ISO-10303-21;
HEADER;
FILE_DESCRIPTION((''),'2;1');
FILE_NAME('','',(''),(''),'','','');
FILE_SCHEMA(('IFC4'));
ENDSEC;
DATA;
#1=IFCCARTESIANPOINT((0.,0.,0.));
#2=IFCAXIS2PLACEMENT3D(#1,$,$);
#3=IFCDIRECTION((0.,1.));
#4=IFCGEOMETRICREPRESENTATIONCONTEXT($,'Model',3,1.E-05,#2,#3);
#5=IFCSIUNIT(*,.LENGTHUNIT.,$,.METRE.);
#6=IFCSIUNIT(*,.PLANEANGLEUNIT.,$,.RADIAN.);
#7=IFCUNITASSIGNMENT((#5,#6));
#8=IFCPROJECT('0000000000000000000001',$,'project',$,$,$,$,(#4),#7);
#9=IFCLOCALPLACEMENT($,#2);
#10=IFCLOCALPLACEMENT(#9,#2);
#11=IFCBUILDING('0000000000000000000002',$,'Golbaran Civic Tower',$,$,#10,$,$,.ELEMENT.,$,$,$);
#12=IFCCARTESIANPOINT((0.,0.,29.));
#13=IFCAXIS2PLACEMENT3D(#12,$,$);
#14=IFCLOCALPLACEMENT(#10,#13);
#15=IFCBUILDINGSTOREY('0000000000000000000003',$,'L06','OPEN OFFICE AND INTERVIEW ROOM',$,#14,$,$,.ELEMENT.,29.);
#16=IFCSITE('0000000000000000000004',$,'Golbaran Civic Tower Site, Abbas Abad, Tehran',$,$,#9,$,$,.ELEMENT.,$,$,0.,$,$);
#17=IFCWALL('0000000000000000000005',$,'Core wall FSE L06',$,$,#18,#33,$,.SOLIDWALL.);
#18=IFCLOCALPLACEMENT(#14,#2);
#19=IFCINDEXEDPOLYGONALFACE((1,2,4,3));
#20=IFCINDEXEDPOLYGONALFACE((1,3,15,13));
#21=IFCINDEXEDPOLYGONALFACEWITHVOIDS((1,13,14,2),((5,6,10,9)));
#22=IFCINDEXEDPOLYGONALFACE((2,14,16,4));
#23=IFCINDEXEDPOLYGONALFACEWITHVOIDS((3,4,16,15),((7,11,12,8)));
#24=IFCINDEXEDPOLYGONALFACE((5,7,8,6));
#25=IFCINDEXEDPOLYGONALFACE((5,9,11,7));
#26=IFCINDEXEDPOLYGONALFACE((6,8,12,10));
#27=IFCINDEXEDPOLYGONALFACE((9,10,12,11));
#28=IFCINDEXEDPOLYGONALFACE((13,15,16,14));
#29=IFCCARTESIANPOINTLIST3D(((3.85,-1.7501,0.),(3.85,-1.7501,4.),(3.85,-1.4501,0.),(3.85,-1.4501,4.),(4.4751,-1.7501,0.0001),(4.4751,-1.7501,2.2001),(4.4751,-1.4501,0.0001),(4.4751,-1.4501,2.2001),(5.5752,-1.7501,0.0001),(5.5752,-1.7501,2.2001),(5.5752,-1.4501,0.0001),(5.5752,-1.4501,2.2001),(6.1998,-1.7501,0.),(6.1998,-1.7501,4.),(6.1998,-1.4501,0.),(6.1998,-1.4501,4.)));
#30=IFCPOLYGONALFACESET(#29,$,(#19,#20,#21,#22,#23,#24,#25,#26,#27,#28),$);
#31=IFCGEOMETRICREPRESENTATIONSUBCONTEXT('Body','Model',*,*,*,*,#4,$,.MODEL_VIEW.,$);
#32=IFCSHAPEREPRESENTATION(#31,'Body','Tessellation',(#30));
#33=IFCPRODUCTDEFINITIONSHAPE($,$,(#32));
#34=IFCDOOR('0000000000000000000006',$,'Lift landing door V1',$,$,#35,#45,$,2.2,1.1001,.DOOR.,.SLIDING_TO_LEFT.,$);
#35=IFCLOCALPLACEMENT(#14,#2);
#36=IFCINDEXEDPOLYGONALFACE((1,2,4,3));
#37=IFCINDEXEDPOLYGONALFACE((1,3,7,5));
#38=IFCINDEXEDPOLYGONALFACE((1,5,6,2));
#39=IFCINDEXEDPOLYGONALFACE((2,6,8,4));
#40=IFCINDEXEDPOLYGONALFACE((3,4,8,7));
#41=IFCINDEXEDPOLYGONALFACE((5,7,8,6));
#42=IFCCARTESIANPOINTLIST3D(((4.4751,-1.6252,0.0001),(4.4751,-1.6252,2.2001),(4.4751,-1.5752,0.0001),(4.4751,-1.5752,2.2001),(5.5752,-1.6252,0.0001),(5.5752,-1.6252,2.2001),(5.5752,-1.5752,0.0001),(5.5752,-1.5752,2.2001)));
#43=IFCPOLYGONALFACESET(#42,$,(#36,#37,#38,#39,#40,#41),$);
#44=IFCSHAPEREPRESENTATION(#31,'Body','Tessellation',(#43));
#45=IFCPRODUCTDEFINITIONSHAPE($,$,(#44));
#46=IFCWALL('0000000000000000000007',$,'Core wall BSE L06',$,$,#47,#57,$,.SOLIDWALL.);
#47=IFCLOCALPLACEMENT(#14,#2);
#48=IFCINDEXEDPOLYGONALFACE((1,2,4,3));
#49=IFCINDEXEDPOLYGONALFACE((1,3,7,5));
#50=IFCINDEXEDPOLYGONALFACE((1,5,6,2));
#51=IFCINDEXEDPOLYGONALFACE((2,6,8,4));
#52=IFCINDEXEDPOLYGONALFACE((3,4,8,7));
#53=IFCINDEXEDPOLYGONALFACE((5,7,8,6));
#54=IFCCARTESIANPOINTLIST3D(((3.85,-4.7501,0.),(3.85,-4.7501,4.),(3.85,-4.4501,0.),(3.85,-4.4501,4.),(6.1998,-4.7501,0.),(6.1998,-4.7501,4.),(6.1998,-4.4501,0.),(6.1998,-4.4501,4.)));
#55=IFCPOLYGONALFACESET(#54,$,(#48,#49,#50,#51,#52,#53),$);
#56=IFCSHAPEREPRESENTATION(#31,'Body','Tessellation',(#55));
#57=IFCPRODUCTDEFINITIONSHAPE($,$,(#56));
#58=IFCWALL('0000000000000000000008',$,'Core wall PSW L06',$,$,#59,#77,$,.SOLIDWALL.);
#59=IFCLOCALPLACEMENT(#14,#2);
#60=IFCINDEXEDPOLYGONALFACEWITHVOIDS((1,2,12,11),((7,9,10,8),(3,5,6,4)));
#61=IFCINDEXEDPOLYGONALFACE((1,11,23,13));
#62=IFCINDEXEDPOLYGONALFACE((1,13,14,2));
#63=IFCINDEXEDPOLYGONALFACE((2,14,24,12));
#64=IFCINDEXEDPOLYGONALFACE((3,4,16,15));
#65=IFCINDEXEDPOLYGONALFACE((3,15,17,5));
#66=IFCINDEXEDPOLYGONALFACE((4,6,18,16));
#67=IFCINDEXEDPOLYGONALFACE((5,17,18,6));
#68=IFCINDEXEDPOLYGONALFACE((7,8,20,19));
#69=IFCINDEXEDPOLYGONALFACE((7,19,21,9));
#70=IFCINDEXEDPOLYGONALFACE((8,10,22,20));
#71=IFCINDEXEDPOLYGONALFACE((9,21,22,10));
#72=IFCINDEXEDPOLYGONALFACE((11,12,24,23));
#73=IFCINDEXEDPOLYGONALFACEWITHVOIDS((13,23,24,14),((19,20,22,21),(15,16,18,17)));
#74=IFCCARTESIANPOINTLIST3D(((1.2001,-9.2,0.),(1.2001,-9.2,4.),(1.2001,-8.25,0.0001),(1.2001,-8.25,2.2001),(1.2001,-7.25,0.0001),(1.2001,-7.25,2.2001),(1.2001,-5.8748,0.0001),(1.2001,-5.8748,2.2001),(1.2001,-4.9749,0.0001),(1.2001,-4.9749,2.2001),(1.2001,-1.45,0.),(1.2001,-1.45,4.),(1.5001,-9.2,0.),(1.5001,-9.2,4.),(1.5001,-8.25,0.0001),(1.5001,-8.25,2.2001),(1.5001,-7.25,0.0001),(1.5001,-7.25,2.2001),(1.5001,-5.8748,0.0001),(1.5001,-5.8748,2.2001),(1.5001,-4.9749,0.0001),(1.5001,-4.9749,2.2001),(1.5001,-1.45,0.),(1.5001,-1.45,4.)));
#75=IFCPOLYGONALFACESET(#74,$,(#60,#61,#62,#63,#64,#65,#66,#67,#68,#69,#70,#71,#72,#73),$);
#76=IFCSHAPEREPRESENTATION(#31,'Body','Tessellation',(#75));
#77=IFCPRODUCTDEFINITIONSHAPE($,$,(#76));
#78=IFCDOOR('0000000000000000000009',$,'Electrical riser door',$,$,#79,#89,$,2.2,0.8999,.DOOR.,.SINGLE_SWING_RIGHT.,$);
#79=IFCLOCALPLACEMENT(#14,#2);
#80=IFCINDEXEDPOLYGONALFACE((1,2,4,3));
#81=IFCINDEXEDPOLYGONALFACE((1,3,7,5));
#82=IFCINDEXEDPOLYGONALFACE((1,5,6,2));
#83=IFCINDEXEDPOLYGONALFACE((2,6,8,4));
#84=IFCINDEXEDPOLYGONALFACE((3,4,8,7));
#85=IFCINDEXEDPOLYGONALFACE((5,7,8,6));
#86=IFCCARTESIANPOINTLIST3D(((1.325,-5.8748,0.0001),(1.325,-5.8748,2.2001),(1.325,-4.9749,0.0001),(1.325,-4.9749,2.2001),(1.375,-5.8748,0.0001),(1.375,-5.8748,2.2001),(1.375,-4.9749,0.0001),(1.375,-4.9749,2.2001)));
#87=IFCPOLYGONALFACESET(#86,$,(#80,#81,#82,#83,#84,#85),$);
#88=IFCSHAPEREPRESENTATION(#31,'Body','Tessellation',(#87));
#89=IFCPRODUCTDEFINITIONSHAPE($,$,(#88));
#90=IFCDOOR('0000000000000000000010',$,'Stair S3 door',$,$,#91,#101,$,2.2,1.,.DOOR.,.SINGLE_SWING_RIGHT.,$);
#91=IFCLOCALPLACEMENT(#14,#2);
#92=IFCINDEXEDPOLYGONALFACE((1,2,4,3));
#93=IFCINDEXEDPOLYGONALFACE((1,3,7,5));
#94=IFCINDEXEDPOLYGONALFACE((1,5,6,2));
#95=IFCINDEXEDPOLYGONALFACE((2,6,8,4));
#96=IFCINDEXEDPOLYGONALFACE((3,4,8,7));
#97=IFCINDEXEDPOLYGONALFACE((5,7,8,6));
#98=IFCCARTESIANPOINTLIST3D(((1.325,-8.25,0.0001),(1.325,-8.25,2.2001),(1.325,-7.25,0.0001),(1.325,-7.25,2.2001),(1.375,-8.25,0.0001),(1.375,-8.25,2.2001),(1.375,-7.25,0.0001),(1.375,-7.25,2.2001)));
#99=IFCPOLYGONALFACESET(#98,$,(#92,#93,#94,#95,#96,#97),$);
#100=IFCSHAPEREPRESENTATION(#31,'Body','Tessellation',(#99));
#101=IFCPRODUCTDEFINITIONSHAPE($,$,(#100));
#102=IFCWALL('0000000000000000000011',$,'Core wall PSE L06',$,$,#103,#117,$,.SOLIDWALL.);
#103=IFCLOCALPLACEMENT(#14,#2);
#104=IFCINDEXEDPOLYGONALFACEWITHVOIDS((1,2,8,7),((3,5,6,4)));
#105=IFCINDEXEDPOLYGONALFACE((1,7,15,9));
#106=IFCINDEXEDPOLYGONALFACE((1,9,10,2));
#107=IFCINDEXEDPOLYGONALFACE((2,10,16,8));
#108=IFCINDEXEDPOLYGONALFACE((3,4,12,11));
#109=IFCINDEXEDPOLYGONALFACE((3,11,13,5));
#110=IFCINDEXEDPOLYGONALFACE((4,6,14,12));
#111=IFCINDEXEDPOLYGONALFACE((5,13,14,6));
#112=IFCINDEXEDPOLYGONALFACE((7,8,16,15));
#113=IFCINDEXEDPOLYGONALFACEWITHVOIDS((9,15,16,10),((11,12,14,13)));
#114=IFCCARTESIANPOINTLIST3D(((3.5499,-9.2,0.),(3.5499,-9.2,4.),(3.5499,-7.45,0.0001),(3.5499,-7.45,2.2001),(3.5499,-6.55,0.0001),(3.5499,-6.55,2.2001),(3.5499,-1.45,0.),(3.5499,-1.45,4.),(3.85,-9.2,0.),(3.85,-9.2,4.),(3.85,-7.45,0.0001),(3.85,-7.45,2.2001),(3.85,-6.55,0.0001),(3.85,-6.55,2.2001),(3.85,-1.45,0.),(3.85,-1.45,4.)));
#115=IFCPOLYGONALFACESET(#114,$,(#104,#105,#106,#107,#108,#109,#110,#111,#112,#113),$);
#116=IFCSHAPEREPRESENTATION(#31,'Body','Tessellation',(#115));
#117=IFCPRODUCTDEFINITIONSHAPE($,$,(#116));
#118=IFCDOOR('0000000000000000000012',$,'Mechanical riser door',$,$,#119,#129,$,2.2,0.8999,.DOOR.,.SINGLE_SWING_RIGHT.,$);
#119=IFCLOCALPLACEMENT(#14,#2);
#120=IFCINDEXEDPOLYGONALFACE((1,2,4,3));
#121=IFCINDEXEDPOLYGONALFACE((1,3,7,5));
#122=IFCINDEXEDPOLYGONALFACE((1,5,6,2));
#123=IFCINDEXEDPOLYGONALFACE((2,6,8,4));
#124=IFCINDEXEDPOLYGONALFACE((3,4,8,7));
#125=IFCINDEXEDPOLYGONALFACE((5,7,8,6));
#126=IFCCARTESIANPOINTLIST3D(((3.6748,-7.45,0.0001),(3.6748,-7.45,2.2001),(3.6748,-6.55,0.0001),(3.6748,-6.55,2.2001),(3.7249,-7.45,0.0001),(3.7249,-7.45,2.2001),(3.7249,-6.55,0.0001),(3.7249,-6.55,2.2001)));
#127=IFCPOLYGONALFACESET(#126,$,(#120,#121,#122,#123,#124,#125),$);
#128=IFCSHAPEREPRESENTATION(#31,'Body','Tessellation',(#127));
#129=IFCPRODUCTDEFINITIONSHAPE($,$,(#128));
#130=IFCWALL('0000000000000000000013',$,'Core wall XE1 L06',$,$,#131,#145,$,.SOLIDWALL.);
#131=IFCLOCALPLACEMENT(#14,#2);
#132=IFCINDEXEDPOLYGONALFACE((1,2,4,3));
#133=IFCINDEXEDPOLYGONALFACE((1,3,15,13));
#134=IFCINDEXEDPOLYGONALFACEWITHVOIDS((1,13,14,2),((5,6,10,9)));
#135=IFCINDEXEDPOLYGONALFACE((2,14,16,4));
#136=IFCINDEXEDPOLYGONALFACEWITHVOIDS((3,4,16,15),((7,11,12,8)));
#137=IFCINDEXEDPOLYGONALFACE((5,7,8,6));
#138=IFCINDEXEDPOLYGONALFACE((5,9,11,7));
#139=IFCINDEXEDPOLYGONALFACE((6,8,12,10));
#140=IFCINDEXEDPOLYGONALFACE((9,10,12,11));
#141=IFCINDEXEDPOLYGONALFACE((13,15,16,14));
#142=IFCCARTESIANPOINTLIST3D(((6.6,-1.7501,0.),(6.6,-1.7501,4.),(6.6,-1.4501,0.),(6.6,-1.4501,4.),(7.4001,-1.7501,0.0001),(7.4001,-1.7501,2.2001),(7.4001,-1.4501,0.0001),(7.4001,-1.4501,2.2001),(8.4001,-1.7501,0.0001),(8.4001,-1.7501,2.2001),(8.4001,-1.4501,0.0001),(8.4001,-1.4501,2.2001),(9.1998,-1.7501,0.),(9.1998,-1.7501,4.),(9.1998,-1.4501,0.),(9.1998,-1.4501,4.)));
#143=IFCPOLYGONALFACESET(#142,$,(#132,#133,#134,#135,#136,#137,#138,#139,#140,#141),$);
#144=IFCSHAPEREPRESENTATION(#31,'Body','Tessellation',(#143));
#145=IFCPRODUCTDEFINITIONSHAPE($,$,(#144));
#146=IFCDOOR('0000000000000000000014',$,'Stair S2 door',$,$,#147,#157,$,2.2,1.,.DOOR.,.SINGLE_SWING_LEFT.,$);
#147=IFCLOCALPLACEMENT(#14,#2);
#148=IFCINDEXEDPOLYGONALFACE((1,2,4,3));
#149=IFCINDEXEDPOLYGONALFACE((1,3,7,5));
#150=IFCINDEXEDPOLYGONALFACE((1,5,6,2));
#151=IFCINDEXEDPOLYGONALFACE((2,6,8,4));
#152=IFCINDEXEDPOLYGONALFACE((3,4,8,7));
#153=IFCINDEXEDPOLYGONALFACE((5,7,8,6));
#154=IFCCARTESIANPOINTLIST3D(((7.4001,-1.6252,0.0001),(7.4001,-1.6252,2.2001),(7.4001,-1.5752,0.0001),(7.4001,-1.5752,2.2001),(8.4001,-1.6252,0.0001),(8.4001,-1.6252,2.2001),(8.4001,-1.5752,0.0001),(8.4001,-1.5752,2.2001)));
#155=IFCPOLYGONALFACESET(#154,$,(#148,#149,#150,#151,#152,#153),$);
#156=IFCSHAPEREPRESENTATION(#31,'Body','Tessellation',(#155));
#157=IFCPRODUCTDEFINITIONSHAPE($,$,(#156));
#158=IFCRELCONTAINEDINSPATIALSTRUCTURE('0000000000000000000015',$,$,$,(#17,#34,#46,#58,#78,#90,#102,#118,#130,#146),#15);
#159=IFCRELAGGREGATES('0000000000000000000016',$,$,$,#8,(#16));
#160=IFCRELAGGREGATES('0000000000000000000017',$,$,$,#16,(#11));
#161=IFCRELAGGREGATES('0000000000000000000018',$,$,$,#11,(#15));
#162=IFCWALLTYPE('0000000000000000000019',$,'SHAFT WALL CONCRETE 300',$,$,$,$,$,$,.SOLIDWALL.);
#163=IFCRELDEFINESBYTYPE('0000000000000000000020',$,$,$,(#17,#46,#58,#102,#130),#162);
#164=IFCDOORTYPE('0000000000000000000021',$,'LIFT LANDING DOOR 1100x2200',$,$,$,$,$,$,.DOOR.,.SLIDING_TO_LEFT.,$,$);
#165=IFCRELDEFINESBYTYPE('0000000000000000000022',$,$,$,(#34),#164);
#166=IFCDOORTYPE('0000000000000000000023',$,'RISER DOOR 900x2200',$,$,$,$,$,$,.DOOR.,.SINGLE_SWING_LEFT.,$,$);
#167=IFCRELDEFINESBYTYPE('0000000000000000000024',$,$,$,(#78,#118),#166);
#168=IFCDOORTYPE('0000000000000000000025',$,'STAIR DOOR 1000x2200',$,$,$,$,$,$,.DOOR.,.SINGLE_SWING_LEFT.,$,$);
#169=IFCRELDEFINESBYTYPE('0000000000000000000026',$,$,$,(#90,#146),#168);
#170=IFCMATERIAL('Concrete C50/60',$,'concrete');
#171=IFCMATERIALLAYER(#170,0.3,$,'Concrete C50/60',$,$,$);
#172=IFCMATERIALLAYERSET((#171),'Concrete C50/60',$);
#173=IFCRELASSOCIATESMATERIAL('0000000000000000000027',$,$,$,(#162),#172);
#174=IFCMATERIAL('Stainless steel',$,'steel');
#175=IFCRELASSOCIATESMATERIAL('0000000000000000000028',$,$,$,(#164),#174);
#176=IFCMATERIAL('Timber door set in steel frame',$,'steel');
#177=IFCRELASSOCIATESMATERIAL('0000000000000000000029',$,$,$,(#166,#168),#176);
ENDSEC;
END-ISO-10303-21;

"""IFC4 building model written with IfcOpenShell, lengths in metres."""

from ifc_helpers import new_model, si_unit, direction, frame, frame_2d, origin, place, context, subcontext, project, spatial, rectangle, extrude, material, layer, layer_set, type_object, element, fill, save


model = new_model("IFC4")

# Units and contexts
model_context = context("Model", 3, precision=1e-05, world=origin(), true_north=direction((0.0, 1.0)))
body_context = subcontext(model_context, "Body", "Model", "MODEL_VIEW")
ifc_project = project(units=[si_unit("LENGTHUNIT", "METRE"), si_unit("PLANEANGLEUNIT", "RADIAN")], contexts=[model_context])

# Site, building, storey
site_placement = place(None, origin())
site = spatial("IfcSite", under=ifc_project, at=site_placement, Name="Golbaran Civic Tower Site, Abbas Abad, Tehran", CompositionType="ELEMENT", RefElevation=0.0)
building_placement = place(site_placement, origin())
building = spatial("IfcBuilding", under=site, at=building_placement, Name="Golbaran Civic Tower", CompositionType="ELEMENT")
storey_placement = place(building_placement, frame((0.0, 0.0, 29.0)))
storey = spatial("IfcBuildingStorey", under=building, at=storey_placement, Name="L06", Description="OPEN OFFICE AND INTERVIEW ROOM", CompositionType="ELEMENT", Elevation=29.0)

# Shared definitions
ifc_material_1 = material(Name="Timber door set in steel frame", Category="steel")

# Wall, opening, door
ifc_material_2 = material(Name="Concrete C50/60", Category="concrete")
ifc_layer_1 = layer(ifc_material_2, 0.3, Name="Concrete C50/60")
ifc_layer_set_1 = layer_set([ifc_layer_1], Name="Concrete C50/60")
wall_type_1 = type_object("IfcWallType", Name="SHAFT WALL CONCRETE 300", PredefinedType="SOLIDWALL", material=ifc_layer_set_1)
wall_1_placement = place(storey_placement, frame((3.8501, -1.6001, 0.0), z_axis=(0.0, 0.0, 1.0), x_axis=(1.0, 0.0, 0.0)))
wall_1 = element("IfcWall", 1, at=wall_1_placement, inside=storey, type_object=wall_type_1, Name="Core wall FSE L06", PredefinedType="SOLIDWALL", context=body_context, shape_type="SweptSolid", body=[
    extrude(rectangle(XDim=2.3499, YDim=0.3, at=frame_2d((1.1748, 0.0))), origin(), (0.0, 0.0, 1.0), 4.0),
])
opening_1_placement = place(wall_1_placement, frame((0.625, 0.0, 0.0)))
opening_1 = element("IfcOpeningElement", 2, at=opening_1_placement, cuts=wall_1, PredefinedType="OPENING", context=body_context, shape_type="SweptSolid", body=[
    extrude(rectangle(XDim=1.1001, YDim=2.2, at=frame_2d((0.55, 1.1001))), frame((0.0, 0.1599, 0.0), z_axis=(0.0, -1.0, 0.0), x_axis=(1.0, 0.0, 0.0)), (0.0, 0.0, 1.0), 0.3201),
])
ifc_material_3 = material(Name="Stainless steel", Category="steel")
door_type_1 = type_object("IfcDoorType", Name="LIFT LANDING DOOR 1100x2200", OperationType="SLIDING_TO_LEFT", PredefinedType="DOOR", material=ifc_material_3)
door_1_placement = place(opening_1_placement, origin())
door_1 = element("IfcDoor", 3, at=door_1_placement, inside=storey, type_object=door_type_1, Name="Lift landing door V1", OperationType="SLIDING_TO_LEFT", OverallHeight=2.2, OverallWidth=1.1001, PredefinedType="DOOR", context=body_context, shape_type="SweptSolid", body=[
    extrude(rectangle(XDim=1.1001, YDim=2.2, at=frame_2d((0.55, 1.1001))), frame((0.0, 0.0249, 0.0), z_axis=(0.0, -1.0, 0.0), x_axis=(1.0, 0.0, 0.0)), (0.0, 0.0, 1.0), 0.05),
])
fill(opening_1, door_1)

# Wall
wall_2_placement = place(storey_placement, frame((3.8501, -4.6001, 0.0), z_axis=(0.0, 0.0, 1.0), x_axis=(1.0, 0.0, 0.0)))
element("IfcWall", 4, at=wall_2_placement, inside=storey, type_object=wall_type_1, Name="Core wall BSE L06", PredefinedType="SOLIDWALL", context=body_context, shape_type="SweptSolid", body=[
    extrude(rectangle(XDim=2.3499, YDim=0.3, at=frame_2d((1.1748, 0.0))), origin(), (0.0, 0.0, 1.0), 4.0),
])

# Wall, openings, doors
wall_3_placement = place(storey_placement, frame((1.3501, -1.45, 0.0), z_axis=(0.0, 0.0, 1.0), x_axis=(0.0, -1.0, 0.0)))
wall_3 = element("IfcWall", 5, at=wall_3_placement, inside=storey, type_object=wall_type_1, Name="Core wall PSW L06", PredefinedType="SOLIDWALL", context=body_context, shape_type="SweptSolid", body=[
    extrude(rectangle(XDim=7.75, YDim=0.3, at=frame_2d((3.875, 0.0))), origin(), (0.0, 0.0, 1.0), 4.0),
])
opening_2_placement = place(wall_3_placement, frame((5.8, 0.0, 0.0)))
opening_2 = element("IfcOpeningElement", 6, at=opening_2_placement, cuts=wall_3, PredefinedType="OPENING", context=body_context, shape_type="SweptSolid", body=[
    extrude(rectangle(XDim=1.0, YDim=2.2, at=frame_2d((0.5, 1.1001))), frame((0.0, 0.1599, 0.0), z_axis=(0.0, -1.0, 0.0), x_axis=(1.0, 0.0, 0.0)), (0.0, 0.0, 1.0), 0.3201),
])
opening_3_placement = place(wall_3_placement, frame((3.5249, 0.0, 0.0)))
opening_3 = element("IfcOpeningElement", 7, at=opening_3_placement, cuts=wall_3, PredefinedType="OPENING", context=body_context, shape_type="SweptSolid", body=[
    extrude(rectangle(XDim=0.8999, YDim=2.2, at=frame_2d((0.45, 1.1001))), frame((0.0, 0.1599, 0.0), z_axis=(0.0, -1.0, 0.0), x_axis=(1.0, 0.0, 0.0)), (0.0, 0.0, 1.0), 0.3201),
])
door_type_2 = type_object("IfcDoorType", Name="RISER DOOR 900x2200", OperationType="SINGLE_SWING_LEFT", PredefinedType="DOOR", material=ifc_material_1)
door_2_placement = place(opening_3_placement, origin())
door_2 = element("IfcDoor", 8, at=door_2_placement, inside=storey, type_object=door_type_2, Name="Electrical riser door", OperationType="SINGLE_SWING_RIGHT", OverallHeight=2.2, OverallWidth=0.8999, PredefinedType="DOOR", context=body_context, shape_type="SweptSolid", body=[
    extrude(rectangle(XDim=0.8999, YDim=2.2, at=frame_2d((0.45, 1.1001))), frame((0.0, 0.0249, 0.0), z_axis=(0.0, -1.0, 0.0), x_axis=(1.0, 0.0, 0.0)), (0.0, 0.0, 1.0), 0.05),
])
fill(opening_3, door_2)
door_type_3 = type_object("IfcDoorType", Name="STAIR DOOR 1000x2200", OperationType="SINGLE_SWING_LEFT", PredefinedType="DOOR", material=ifc_material_1)
door_3_placement = place(opening_2_placement, origin())
door_3 = element("IfcDoor", 9, at=door_3_placement, inside=storey, type_object=door_type_3, Name="Stair S3 door", OperationType="SINGLE_SWING_RIGHT", OverallHeight=2.2, OverallWidth=1.0, PredefinedType="DOOR", context=body_context, shape_type="SweptSolid", body=[
    extrude(rectangle(XDim=1.0, YDim=2.2, at=frame_2d((0.5, 1.1001))), frame((0.0, 0.0249, 0.0), z_axis=(0.0, -1.0, 0.0), x_axis=(1.0, 0.0, 0.0)), (0.0, 0.0, 1.0), 0.05),
])
fill(opening_2, door_3)

# Walls, openings, doors
wall_4_placement = place(storey_placement, frame((3.7, -1.45, 0.0), z_axis=(0.0, 0.0, 1.0), x_axis=(0.0, -1.0, 0.0)))
wall_4 = element("IfcWall", 10, at=wall_4_placement, inside=storey, type_object=wall_type_1, Name="Core wall PSE L06", PredefinedType="SOLIDWALL", context=body_context, shape_type="SweptSolid", body=[
    extrude(rectangle(XDim=7.75, YDim=0.3, at=frame_2d((3.875, 0.0))), origin(), (0.0, 0.0, 1.0), 4.0),
])
opening_4_placement = place(wall_4_placement, frame((5.1001, 0.0, 0.0)))
opening_4 = element("IfcOpeningElement", 11, at=opening_4_placement, cuts=wall_4, PredefinedType="OPENING", context=body_context, shape_type="SweptSolid", body=[
    extrude(rectangle(XDim=0.8999, YDim=2.2, at=frame_2d((0.45, 1.1001))), frame((0.0, 0.1599, 0.0), z_axis=(0.0, -1.0, 0.0), x_axis=(1.0, 0.0, 0.0)), (0.0, 0.0, 1.0), 0.3201),
])
door_4_placement = place(opening_4_placement, origin())
door_4 = element("IfcDoor", 12, at=door_4_placement, inside=storey, type_object=door_type_2, Name="Mechanical riser door", OperationType="SINGLE_SWING_RIGHT", OverallHeight=2.2, OverallWidth=0.8999, PredefinedType="DOOR", context=body_context, shape_type="SweptSolid", body=[
    extrude(rectangle(XDim=0.8999, YDim=2.2, at=frame_2d((0.45, 1.1001))), frame((0.0, 0.0249, 0.0), z_axis=(0.0, -1.0, 0.0), x_axis=(1.0, 0.0, 0.0)), (0.0, 0.0, 1.0), 0.05),
])
fill(opening_4, door_4)
wall_5_placement = place(storey_placement, frame((6.6001, -1.6001, 0.0), z_axis=(0.0, 0.0, 1.0), x_axis=(1.0, 0.0, 0.0)))
wall_5 = element("IfcWall", 13, at=wall_5_placement, inside=storey, type_object=wall_type_1, Name="Core wall XE1 L06", PredefinedType="SOLIDWALL", context=body_context, shape_type="SweptSolid", body=[
    extrude(rectangle(XDim=2.5999, YDim=0.3, at=frame_2d((1.2998, 0.0))), origin(), (0.0, 0.0, 1.0), 4.0),
])
opening_5_placement = place(wall_5_placement, frame((0.8, 0.0, 0.0)))
opening_5 = element("IfcOpeningElement", 14, at=opening_5_placement, cuts=wall_5, PredefinedType="OPENING", context=body_context, shape_type="SweptSolid", body=[
    extrude(rectangle(XDim=1.0, YDim=2.2, at=frame_2d((0.5, 1.1001))), frame((0.0, 0.1599, 0.0), z_axis=(0.0, -1.0, 0.0), x_axis=(1.0, 0.0, 0.0)), (0.0, 0.0, 1.0), 0.3201),
])
door_5_placement = place(opening_5_placement, origin())
door_5 = element("IfcDoor", 15, at=door_5_placement, inside=storey, type_object=door_type_3, Name="Stair S2 door", OperationType="SINGLE_SWING_LEFT", OverallHeight=2.2, OverallWidth=1.0, PredefinedType="DOOR", context=body_context, shape_type="SweptSolid", body=[
    extrude(rectangle(XDim=1.0, YDim=2.2, at=frame_2d((0.5, 1.1001))), frame((0.0, 0.0249, 0.0), z_axis=(0.0, -1.0, 0.0), x_axis=(1.0, 0.0, 0.0)), (0.0, 0.0, 1.0), 0.05),
])
fill(opening_5, door_5)

save(model, "model.ifc")
